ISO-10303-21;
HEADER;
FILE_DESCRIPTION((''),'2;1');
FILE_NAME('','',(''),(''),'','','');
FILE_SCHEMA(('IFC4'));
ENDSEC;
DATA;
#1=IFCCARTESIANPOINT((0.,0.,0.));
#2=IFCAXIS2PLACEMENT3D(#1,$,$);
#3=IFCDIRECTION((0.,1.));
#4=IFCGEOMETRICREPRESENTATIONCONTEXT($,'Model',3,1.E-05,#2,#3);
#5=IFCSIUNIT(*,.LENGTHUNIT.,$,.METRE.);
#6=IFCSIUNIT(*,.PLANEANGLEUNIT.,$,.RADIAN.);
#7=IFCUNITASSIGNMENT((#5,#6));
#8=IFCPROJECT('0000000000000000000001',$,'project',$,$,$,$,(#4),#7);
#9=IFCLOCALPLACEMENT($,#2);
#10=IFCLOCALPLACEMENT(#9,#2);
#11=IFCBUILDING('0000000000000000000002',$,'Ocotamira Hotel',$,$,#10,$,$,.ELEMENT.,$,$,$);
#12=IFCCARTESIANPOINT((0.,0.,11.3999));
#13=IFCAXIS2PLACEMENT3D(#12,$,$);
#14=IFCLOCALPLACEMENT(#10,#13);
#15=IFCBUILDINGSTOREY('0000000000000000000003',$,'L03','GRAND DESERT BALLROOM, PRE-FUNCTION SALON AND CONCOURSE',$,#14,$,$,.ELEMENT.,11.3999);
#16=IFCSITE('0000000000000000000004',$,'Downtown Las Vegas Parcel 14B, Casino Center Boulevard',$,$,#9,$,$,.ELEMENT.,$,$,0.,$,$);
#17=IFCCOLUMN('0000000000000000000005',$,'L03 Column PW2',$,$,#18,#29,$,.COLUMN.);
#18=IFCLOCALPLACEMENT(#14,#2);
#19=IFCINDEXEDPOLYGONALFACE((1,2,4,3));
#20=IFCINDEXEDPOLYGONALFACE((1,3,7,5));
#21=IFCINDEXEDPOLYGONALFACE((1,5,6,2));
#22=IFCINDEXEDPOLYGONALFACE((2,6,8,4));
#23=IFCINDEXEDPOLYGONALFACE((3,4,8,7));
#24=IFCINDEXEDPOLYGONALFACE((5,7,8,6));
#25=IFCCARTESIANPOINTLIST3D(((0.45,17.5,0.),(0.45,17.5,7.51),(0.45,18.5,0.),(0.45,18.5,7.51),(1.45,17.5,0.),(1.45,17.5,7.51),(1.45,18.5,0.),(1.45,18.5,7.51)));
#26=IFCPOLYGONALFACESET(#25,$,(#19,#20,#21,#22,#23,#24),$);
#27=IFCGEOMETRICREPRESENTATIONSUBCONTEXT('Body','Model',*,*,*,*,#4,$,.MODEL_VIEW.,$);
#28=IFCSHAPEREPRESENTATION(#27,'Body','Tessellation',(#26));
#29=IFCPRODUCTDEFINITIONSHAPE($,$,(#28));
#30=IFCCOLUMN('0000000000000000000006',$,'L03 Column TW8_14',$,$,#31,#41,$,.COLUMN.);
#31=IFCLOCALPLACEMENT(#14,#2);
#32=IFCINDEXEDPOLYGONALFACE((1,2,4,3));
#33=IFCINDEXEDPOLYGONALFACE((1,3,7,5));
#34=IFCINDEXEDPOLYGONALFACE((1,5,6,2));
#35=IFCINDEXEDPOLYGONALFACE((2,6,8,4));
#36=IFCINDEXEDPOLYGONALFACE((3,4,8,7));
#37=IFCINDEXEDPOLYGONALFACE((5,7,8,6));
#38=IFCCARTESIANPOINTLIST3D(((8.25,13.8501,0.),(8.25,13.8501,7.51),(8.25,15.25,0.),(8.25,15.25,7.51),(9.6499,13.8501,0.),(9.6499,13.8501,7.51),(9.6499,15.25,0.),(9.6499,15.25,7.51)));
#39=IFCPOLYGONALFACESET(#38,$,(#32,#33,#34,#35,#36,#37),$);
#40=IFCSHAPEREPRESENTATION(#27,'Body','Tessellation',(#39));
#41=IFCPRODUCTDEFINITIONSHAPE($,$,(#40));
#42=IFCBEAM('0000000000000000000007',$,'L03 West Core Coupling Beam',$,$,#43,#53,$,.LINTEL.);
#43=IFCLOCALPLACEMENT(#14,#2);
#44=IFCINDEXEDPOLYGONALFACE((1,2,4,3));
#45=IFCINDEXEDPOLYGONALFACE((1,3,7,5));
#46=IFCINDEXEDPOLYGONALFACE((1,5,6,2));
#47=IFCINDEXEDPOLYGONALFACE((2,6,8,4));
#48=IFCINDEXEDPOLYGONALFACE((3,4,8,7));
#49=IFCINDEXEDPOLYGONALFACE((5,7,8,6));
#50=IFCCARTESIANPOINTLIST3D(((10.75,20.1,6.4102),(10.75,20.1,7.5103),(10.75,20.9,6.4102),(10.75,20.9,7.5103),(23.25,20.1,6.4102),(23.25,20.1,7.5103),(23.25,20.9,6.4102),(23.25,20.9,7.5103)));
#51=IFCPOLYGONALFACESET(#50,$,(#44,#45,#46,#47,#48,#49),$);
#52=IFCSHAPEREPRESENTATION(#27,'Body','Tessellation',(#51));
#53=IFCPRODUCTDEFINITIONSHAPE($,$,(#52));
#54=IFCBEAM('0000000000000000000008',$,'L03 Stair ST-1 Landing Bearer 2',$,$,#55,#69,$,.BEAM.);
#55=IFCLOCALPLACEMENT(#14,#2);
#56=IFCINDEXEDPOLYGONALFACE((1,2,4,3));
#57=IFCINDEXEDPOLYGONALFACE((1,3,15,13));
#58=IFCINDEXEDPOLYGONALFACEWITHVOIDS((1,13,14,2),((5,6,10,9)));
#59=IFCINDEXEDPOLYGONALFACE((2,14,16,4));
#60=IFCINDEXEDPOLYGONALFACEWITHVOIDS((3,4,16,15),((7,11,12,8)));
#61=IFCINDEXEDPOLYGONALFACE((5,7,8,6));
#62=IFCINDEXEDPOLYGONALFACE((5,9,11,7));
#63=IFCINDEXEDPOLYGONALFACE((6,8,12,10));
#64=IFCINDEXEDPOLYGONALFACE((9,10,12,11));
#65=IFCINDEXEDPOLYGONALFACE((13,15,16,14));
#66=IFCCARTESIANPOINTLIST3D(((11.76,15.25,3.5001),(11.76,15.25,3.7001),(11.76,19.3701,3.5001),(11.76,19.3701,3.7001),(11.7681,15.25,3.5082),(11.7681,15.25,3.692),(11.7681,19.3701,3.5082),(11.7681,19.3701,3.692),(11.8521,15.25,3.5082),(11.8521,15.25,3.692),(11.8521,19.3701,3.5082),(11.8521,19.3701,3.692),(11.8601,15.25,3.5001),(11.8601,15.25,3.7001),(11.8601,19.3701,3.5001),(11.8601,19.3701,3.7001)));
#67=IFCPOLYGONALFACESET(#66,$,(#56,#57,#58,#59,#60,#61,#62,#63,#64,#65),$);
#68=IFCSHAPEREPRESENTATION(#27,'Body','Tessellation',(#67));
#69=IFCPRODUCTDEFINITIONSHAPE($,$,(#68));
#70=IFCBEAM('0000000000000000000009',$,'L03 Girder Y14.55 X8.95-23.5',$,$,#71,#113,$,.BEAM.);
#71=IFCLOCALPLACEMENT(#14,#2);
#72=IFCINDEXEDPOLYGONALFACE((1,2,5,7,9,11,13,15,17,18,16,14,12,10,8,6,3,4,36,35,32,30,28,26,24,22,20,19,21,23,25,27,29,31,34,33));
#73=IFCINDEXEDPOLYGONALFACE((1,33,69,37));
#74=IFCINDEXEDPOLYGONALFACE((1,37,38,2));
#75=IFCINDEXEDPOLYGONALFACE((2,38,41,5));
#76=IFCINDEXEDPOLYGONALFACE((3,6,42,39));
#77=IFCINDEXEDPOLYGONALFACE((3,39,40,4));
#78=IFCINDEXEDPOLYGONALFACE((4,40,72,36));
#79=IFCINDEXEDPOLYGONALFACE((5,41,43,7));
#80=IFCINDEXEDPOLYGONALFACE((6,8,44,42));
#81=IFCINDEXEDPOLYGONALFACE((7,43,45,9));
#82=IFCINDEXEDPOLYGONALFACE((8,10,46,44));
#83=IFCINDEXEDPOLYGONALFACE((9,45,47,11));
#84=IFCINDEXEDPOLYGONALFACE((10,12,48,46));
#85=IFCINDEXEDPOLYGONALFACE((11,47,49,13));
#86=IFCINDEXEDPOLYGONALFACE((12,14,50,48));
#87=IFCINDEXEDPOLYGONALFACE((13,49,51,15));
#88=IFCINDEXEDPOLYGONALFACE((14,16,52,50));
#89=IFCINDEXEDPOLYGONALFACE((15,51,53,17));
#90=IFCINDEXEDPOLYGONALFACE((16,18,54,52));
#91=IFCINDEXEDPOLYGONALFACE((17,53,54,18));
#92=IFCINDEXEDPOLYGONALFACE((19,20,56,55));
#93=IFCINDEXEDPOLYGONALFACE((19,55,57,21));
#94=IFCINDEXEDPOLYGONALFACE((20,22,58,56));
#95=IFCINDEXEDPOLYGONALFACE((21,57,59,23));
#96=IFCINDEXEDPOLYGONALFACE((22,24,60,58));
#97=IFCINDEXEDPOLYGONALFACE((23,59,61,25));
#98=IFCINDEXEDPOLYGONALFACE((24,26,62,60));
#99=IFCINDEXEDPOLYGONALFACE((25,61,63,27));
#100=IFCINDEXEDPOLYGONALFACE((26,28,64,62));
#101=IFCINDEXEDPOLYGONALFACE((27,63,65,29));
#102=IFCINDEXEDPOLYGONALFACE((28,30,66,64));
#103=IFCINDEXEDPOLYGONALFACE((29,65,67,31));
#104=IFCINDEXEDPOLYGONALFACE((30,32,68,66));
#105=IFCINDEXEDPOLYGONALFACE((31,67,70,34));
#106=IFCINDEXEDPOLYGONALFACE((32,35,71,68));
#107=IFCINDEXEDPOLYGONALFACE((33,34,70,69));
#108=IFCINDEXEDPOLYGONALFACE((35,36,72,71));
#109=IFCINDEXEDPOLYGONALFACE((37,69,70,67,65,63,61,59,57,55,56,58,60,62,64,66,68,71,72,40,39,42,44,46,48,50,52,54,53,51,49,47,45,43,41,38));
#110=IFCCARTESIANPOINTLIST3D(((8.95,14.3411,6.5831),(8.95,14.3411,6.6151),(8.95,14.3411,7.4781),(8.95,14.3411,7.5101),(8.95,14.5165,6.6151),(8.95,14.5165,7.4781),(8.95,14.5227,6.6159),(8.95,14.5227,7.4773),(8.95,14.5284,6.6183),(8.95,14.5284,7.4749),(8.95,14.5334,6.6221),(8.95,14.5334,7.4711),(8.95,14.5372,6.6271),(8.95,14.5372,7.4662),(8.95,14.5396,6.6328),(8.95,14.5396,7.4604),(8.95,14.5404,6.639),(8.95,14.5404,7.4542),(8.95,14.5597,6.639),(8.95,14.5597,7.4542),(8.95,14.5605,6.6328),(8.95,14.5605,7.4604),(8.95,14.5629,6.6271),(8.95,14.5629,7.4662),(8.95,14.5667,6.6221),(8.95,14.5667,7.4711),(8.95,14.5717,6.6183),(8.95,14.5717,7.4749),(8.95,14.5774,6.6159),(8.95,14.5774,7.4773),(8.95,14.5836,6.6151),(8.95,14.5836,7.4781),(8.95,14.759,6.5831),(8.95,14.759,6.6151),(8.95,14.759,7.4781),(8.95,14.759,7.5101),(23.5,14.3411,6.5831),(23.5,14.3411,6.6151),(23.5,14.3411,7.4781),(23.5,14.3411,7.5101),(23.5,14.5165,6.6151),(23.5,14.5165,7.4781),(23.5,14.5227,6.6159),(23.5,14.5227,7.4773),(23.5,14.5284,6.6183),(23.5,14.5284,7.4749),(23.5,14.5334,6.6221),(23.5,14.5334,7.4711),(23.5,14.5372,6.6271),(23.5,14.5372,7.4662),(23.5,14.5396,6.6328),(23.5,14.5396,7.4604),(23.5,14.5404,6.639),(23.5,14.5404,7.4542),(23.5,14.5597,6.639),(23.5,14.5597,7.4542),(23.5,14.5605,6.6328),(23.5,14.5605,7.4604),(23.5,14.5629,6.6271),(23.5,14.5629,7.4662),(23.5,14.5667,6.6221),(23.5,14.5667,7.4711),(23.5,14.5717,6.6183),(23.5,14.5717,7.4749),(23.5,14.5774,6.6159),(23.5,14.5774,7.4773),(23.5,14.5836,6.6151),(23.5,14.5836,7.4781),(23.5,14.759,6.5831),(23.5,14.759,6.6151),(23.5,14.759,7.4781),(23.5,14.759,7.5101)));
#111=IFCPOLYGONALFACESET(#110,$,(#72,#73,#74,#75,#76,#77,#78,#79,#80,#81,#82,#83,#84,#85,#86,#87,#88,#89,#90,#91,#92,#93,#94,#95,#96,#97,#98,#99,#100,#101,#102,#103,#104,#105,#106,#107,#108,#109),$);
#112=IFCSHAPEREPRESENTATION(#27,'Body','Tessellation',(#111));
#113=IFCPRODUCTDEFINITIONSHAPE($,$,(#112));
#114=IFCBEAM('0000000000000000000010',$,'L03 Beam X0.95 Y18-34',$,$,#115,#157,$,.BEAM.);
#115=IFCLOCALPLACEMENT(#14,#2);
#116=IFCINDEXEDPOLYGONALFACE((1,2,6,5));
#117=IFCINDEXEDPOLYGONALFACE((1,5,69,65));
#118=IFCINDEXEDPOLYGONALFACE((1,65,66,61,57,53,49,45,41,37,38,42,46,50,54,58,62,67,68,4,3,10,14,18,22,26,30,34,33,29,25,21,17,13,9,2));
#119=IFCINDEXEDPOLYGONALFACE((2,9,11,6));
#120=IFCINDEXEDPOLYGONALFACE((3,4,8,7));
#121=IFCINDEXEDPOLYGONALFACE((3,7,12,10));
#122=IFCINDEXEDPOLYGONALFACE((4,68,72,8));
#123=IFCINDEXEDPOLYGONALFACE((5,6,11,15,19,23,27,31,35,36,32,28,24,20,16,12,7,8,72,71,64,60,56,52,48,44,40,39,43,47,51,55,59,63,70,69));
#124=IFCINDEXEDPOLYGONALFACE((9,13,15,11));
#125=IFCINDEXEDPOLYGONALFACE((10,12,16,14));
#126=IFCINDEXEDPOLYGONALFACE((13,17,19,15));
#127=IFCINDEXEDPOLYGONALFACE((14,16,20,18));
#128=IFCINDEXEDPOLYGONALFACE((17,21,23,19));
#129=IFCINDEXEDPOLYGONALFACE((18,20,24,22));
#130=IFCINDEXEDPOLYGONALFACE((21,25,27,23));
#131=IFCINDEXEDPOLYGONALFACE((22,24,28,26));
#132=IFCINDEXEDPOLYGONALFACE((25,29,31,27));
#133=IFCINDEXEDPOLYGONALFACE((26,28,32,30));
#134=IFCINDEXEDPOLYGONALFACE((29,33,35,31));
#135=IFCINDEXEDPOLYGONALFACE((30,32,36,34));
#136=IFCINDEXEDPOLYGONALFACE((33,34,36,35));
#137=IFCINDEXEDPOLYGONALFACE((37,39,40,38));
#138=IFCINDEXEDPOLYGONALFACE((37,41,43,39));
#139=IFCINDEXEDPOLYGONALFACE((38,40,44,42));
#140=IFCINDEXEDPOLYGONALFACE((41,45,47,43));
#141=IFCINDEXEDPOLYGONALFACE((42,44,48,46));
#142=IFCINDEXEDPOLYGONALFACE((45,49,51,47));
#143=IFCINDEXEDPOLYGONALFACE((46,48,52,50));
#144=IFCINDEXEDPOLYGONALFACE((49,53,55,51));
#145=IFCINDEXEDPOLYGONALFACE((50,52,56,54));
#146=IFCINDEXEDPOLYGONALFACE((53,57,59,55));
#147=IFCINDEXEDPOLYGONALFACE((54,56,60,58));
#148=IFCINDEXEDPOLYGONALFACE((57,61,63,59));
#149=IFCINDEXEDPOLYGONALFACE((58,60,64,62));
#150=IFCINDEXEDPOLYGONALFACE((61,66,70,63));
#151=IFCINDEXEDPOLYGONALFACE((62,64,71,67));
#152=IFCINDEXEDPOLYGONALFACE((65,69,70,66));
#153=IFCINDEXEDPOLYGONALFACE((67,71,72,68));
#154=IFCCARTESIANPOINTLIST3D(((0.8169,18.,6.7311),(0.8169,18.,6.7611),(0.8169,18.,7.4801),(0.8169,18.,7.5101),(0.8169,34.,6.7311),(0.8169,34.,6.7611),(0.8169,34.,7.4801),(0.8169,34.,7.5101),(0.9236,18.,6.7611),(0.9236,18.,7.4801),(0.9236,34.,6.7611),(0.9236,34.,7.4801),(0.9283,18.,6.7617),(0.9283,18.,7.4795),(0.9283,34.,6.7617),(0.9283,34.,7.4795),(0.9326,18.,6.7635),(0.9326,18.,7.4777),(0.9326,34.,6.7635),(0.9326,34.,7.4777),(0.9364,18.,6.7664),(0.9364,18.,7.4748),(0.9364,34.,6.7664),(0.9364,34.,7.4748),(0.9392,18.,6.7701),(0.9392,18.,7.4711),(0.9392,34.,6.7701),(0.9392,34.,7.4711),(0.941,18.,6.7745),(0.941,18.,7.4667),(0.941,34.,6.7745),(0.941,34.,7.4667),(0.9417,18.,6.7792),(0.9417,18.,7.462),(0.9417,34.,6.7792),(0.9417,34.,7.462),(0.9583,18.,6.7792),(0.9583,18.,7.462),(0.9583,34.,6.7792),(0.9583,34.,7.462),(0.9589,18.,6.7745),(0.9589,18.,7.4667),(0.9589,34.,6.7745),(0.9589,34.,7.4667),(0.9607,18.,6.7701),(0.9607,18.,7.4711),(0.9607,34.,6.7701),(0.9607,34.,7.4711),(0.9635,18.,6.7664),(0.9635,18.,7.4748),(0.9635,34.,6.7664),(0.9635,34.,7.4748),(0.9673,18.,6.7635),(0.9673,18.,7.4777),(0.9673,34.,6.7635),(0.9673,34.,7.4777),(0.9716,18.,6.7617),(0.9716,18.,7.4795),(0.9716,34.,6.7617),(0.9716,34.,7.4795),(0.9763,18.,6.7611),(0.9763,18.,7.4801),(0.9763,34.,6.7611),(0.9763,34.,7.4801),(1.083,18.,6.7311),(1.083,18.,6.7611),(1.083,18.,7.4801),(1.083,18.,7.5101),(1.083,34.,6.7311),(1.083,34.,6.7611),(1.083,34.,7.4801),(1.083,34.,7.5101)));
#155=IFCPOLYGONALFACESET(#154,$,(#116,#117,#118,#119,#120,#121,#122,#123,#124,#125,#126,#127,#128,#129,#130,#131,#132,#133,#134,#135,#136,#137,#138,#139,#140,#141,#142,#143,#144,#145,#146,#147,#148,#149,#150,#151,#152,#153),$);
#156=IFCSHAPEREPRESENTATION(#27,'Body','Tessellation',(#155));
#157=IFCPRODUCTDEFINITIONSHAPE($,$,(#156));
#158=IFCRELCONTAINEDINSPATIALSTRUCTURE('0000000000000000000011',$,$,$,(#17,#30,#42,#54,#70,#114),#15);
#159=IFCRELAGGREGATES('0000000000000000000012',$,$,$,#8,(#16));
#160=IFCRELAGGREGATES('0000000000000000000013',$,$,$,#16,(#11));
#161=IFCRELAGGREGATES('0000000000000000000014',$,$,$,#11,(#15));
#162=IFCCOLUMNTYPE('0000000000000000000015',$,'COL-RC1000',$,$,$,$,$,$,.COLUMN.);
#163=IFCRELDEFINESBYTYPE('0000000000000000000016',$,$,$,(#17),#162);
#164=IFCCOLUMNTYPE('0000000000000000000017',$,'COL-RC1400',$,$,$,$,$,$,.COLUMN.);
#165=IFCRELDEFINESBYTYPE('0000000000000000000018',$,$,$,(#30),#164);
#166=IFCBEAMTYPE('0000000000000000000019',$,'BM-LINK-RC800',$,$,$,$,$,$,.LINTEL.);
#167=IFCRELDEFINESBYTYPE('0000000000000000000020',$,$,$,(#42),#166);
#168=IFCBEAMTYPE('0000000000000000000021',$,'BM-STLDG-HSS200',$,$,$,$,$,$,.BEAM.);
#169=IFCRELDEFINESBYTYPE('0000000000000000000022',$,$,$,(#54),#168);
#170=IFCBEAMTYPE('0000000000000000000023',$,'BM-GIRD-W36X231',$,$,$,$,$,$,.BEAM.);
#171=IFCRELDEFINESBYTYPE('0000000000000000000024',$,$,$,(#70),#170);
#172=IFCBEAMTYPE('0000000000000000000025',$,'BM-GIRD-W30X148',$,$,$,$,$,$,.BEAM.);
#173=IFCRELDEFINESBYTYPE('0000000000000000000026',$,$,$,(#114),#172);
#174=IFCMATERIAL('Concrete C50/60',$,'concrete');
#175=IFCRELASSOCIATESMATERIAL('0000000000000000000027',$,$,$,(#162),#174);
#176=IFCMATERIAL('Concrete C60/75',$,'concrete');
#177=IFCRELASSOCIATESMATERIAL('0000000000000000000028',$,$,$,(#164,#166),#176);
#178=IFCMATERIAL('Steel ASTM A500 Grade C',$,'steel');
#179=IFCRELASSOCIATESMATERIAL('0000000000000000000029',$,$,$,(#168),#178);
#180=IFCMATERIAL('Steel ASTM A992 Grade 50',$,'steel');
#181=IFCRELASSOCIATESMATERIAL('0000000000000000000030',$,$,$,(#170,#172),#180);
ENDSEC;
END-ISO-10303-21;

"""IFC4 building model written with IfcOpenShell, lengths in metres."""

from ifc_helpers import new_model, si_unit, direction, frame, origin, origin_2d, place, context, subcontext, project, spatial, rectangle, hollow_rectangle, i_section, extrude, source, transform, mapped, material, material_profile, profile_set, type_object, element, save


model = new_model("IFC4")

# Units and contexts
model_context = context("Model", 3, precision=1e-05, world=origin(), true_north=direction((0.0, 1.0)))
body_context = subcontext(model_context, "Body", "Model", "MODEL_VIEW")
ifc_project = project(units=[si_unit("LENGTHUNIT", "METRE"), si_unit("PLANEANGLEUNIT", "RADIAN")], contexts=[model_context])

# Site, building, storey
site_placement = place(None, origin())
site = spatial("IfcSite", under=ifc_project, at=site_placement, Name="Downtown Las Vegas Parcel 14B, Casino Center Boulevard", CompositionType="ELEMENT", RefElevation=0.0)
building_placement = place(site_placement, origin())
building = spatial("IfcBuilding", under=site, at=building_placement, Name="Ocotamira Hotel", CompositionType="ELEMENT")
storey_placement = place(building_placement, frame((0.0, 0.0, 11.3999)))
storey = spatial("IfcBuildingStorey", under=building, at=storey_placement, Name="L03", Description="GRAND DESERT BALLROOM, PRE-FUNCTION SALON AND CONCOURSE", CompositionType="ELEMENT", Elevation=11.3999)

# Columns
ifc_material_1 = material(Name="Concrete C50/60", Category="concrete")
ifc_material_profile_1 = material_profile(ifc_material_1, rectangle(XDim=1.0, YDim=1.0, at=origin_2d()), Name="RC1000X1000")
ifc_profile_set_1 = profile_set([ifc_material_profile_1], Name="Concrete C50/60")
column_type_1 = type_object("IfcColumnType", Name="COL-RC1000", PredefinedType="COLUMN", material=ifc_profile_set_1)
shared_shape_1 = source(origin(), body_context, "Body", "SweptSolid", [
    extrude(rectangle(XDim=1.0, YDim=1.0, at=origin_2d()), origin(), (0.0, 0.0, 1.0), 7.51),
])
column_1_placement = place(storey_placement, frame((0.95, 18.0, 0.0), z_axis=(0.0, 0.0, 1.0), x_axis=(1.0, 0.0, 0.0)))
element("IfcColumn", 1, at=column_1_placement, inside=storey, type_object=column_type_1, Name="L03 Column PW2", PredefinedType="COLUMN", context=body_context, shape_type="MappedRepresentation", body=[
    mapped(shared_shape_1, transform((0.0, 0.0, 0.0), scale=1.0)),
])
ifc_material_2 = material(Name="Concrete C60/75", Category="concrete")
ifc_material_profile_2 = material_profile(ifc_material_2, rectangle(XDim=1.3999, YDim=1.3999, at=origin_2d()), Name="RC1400X1400")
ifc_profile_set_2 = profile_set([ifc_material_profile_2], Name="Concrete C60/75")
column_type_2 = type_object("IfcColumnType", Name="COL-RC1400", PredefinedType="COLUMN", material=ifc_profile_set_2)
shared_shape_2 = source(origin(), body_context, "Body", "SweptSolid", [
    extrude(rectangle(XDim=1.3999, YDim=1.3999, at=origin_2d()), origin(), (0.0, 0.0, 1.0), 7.51),
])
column_2_placement = place(storey_placement, frame((8.95, 14.55, 0.0), z_axis=(0.0, 0.0, 1.0), x_axis=(1.0, 0.0, 0.0)))
element("IfcColumn", 2, at=column_2_placement, inside=storey, type_object=column_type_2, Name="L03 Column TW8_14", PredefinedType="COLUMN", context=body_context, shape_type="MappedRepresentation", body=[
    mapped(shared_shape_2, transform((0.0, 0.0, 0.0), scale=1.0)),
])

# Beams
ifc_material_profile_3 = material_profile(ifc_material_2, rectangle(XDim=0.8, YDim=1.1001, at=origin_2d()), Name="RC800X1100")
ifc_profile_set_3 = profile_set([ifc_material_profile_3], Name="Concrete C60/75")
beam_type_1 = type_object("IfcBeamType", Name="BM-LINK-RC800", PredefinedType="LINTEL", material=ifc_profile_set_3)
shared_shape_3 = source(origin(), body_context, "Body", "SweptSolid", [
    extrude(rectangle(XDim=0.8, YDim=1.1001, at=origin_2d()), origin(), (0.0, 0.0, 1.0), 12.5),
])
beam_1_placement = place(storey_placement, frame((10.75, 20.5, 6.9602), z_axis=(1.0, 0.0, 0.0), x_axis=(0.0, 1.0, 0.0)))
element("IfcBeam", 3, at=beam_1_placement, inside=storey, type_object=beam_type_1, Name="L03 West Core Coupling Beam", PredefinedType="LINTEL", context=body_context, shape_type="MappedRepresentation", body=[
    mapped(shared_shape_3, transform((0.0, 0.0, 0.0), scale=1.0)),
])
ifc_material_3 = material(Name="Steel ASTM A500 Grade C", Category="steel")
ifc_material_profile_4 = material_profile(ifc_material_3, hollow_rectangle(XDim=0.1001, YDim=0.2, WallThickness=0.0081, at=origin_2d()), Name="HSS200X100X8")
ifc_profile_set_4 = profile_set([ifc_material_profile_4], Name="Steel ASTM A500 Grade C")
beam_type_2 = type_object("IfcBeamType", Name="BM-STLDG-HSS200", PredefinedType="BEAM", material=ifc_profile_set_4)
shared_shape_4 = source(origin(), body_context, "Body", "SweptSolid", [
    extrude(hollow_rectangle(XDim=0.1001, YDim=0.2, WallThickness=0.0081, at=origin_2d()), origin(), (0.0, 0.0, 1.0), 4.1201),
])
beam_2_placement = place(storey_placement, frame((11.8101, 15.25, 3.6001), z_axis=(0.0, 1.0, 0.0), x_axis=(-1.0, 0.0, 0.0)))
element("IfcBeam", 4, at=beam_2_placement, inside=storey, type_object=beam_type_2, Name="L03 Stair ST-1 Landing Bearer 2", PredefinedType="BEAM", context=body_context, shape_type="MappedRepresentation", body=[
    mapped(shared_shape_4, transform((0.0, 0.0, 0.0), scale=1.0)),
])
ifc_material_4 = material(Name="Steel ASTM A992 Grade 50", Category="steel")
ifc_material_profile_5 = material_profile(ifc_material_4, i_section(OverallWidth=0.418, OverallDepth=0.927, WebThickness=0.0193, FlangeThickness=0.032, FilletRadius=0.0239, at=origin_2d()), Name="W36X231")
ifc_profile_set_5 = profile_set([ifc_material_profile_5], Name="Steel ASTM A992 Grade 50")
beam_type_3 = type_object("IfcBeamType", Name="BM-GIRD-W36X231", PredefinedType="BEAM", material=ifc_profile_set_5)
shared_shape_5 = source(origin(), body_context, "Body", "SweptSolid", [
    extrude(i_section(OverallWidth=0.418, OverallDepth=0.927, WebThickness=0.0193, FlangeThickness=0.032, FilletRadius=0.0239, at=origin_2d()), origin(), (0.0, 0.0, 1.0), 14.55),
])
beam_3_placement = place(storey_placement, frame((8.95, 14.55, 7.0466), z_axis=(1.0, 0.0, 0.0), x_axis=(0.0, 1.0, 0.0)))
element("IfcBeam", 5, at=beam_3_placement, inside=storey, type_object=beam_type_3, Name="L03 Girder Y14.55 X8.95-23.5", PredefinedType="BEAM", context=body_context, shape_type="MappedRepresentation", body=[
    mapped(shared_shape_5, transform((0.0, 0.0, 0.0), scale=1.0)),
])
ifc_material_profile_6 = material_profile(ifc_material_4, i_section(OverallWidth=0.2661, OverallDepth=0.7791, WebThickness=0.0166, FlangeThickness=0.03, FilletRadius=0.0181, at=origin_2d()), Name="W30X148")
ifc_profile_set_6 = profile_set([ifc_material_profile_6], Name="Steel ASTM A992 Grade 50")
beam_type_4 = type_object("IfcBeamType", Name="BM-GIRD-W30X148", PredefinedType="BEAM", material=ifc_profile_set_6)
shared_shape_6 = source(origin(), body_context, "Body", "SweptSolid", [
    extrude(i_section(OverallWidth=0.2661, OverallDepth=0.7791, WebThickness=0.0166, FlangeThickness=0.03, FilletRadius=0.0181, at=origin_2d()), origin(), (0.0, 0.0, 1.0), 16.0),
])
beam_4_placement = place(storey_placement, frame((0.95, 18.0, 7.1206), z_axis=(0.0, 1.0, 0.0), x_axis=(-1.0, 0.0, 0.0)))
element("IfcBeam", 6, at=beam_4_placement, inside=storey, type_object=beam_type_4, Name="L03 Beam X0.95 Y18-34", PredefinedType="BEAM", context=body_context, shape_type="MappedRepresentation", body=[
    mapped(shared_shape_6, transform((0.0, 0.0, 0.0), scale=1.0)),
])

save(model, "model.ifc")
